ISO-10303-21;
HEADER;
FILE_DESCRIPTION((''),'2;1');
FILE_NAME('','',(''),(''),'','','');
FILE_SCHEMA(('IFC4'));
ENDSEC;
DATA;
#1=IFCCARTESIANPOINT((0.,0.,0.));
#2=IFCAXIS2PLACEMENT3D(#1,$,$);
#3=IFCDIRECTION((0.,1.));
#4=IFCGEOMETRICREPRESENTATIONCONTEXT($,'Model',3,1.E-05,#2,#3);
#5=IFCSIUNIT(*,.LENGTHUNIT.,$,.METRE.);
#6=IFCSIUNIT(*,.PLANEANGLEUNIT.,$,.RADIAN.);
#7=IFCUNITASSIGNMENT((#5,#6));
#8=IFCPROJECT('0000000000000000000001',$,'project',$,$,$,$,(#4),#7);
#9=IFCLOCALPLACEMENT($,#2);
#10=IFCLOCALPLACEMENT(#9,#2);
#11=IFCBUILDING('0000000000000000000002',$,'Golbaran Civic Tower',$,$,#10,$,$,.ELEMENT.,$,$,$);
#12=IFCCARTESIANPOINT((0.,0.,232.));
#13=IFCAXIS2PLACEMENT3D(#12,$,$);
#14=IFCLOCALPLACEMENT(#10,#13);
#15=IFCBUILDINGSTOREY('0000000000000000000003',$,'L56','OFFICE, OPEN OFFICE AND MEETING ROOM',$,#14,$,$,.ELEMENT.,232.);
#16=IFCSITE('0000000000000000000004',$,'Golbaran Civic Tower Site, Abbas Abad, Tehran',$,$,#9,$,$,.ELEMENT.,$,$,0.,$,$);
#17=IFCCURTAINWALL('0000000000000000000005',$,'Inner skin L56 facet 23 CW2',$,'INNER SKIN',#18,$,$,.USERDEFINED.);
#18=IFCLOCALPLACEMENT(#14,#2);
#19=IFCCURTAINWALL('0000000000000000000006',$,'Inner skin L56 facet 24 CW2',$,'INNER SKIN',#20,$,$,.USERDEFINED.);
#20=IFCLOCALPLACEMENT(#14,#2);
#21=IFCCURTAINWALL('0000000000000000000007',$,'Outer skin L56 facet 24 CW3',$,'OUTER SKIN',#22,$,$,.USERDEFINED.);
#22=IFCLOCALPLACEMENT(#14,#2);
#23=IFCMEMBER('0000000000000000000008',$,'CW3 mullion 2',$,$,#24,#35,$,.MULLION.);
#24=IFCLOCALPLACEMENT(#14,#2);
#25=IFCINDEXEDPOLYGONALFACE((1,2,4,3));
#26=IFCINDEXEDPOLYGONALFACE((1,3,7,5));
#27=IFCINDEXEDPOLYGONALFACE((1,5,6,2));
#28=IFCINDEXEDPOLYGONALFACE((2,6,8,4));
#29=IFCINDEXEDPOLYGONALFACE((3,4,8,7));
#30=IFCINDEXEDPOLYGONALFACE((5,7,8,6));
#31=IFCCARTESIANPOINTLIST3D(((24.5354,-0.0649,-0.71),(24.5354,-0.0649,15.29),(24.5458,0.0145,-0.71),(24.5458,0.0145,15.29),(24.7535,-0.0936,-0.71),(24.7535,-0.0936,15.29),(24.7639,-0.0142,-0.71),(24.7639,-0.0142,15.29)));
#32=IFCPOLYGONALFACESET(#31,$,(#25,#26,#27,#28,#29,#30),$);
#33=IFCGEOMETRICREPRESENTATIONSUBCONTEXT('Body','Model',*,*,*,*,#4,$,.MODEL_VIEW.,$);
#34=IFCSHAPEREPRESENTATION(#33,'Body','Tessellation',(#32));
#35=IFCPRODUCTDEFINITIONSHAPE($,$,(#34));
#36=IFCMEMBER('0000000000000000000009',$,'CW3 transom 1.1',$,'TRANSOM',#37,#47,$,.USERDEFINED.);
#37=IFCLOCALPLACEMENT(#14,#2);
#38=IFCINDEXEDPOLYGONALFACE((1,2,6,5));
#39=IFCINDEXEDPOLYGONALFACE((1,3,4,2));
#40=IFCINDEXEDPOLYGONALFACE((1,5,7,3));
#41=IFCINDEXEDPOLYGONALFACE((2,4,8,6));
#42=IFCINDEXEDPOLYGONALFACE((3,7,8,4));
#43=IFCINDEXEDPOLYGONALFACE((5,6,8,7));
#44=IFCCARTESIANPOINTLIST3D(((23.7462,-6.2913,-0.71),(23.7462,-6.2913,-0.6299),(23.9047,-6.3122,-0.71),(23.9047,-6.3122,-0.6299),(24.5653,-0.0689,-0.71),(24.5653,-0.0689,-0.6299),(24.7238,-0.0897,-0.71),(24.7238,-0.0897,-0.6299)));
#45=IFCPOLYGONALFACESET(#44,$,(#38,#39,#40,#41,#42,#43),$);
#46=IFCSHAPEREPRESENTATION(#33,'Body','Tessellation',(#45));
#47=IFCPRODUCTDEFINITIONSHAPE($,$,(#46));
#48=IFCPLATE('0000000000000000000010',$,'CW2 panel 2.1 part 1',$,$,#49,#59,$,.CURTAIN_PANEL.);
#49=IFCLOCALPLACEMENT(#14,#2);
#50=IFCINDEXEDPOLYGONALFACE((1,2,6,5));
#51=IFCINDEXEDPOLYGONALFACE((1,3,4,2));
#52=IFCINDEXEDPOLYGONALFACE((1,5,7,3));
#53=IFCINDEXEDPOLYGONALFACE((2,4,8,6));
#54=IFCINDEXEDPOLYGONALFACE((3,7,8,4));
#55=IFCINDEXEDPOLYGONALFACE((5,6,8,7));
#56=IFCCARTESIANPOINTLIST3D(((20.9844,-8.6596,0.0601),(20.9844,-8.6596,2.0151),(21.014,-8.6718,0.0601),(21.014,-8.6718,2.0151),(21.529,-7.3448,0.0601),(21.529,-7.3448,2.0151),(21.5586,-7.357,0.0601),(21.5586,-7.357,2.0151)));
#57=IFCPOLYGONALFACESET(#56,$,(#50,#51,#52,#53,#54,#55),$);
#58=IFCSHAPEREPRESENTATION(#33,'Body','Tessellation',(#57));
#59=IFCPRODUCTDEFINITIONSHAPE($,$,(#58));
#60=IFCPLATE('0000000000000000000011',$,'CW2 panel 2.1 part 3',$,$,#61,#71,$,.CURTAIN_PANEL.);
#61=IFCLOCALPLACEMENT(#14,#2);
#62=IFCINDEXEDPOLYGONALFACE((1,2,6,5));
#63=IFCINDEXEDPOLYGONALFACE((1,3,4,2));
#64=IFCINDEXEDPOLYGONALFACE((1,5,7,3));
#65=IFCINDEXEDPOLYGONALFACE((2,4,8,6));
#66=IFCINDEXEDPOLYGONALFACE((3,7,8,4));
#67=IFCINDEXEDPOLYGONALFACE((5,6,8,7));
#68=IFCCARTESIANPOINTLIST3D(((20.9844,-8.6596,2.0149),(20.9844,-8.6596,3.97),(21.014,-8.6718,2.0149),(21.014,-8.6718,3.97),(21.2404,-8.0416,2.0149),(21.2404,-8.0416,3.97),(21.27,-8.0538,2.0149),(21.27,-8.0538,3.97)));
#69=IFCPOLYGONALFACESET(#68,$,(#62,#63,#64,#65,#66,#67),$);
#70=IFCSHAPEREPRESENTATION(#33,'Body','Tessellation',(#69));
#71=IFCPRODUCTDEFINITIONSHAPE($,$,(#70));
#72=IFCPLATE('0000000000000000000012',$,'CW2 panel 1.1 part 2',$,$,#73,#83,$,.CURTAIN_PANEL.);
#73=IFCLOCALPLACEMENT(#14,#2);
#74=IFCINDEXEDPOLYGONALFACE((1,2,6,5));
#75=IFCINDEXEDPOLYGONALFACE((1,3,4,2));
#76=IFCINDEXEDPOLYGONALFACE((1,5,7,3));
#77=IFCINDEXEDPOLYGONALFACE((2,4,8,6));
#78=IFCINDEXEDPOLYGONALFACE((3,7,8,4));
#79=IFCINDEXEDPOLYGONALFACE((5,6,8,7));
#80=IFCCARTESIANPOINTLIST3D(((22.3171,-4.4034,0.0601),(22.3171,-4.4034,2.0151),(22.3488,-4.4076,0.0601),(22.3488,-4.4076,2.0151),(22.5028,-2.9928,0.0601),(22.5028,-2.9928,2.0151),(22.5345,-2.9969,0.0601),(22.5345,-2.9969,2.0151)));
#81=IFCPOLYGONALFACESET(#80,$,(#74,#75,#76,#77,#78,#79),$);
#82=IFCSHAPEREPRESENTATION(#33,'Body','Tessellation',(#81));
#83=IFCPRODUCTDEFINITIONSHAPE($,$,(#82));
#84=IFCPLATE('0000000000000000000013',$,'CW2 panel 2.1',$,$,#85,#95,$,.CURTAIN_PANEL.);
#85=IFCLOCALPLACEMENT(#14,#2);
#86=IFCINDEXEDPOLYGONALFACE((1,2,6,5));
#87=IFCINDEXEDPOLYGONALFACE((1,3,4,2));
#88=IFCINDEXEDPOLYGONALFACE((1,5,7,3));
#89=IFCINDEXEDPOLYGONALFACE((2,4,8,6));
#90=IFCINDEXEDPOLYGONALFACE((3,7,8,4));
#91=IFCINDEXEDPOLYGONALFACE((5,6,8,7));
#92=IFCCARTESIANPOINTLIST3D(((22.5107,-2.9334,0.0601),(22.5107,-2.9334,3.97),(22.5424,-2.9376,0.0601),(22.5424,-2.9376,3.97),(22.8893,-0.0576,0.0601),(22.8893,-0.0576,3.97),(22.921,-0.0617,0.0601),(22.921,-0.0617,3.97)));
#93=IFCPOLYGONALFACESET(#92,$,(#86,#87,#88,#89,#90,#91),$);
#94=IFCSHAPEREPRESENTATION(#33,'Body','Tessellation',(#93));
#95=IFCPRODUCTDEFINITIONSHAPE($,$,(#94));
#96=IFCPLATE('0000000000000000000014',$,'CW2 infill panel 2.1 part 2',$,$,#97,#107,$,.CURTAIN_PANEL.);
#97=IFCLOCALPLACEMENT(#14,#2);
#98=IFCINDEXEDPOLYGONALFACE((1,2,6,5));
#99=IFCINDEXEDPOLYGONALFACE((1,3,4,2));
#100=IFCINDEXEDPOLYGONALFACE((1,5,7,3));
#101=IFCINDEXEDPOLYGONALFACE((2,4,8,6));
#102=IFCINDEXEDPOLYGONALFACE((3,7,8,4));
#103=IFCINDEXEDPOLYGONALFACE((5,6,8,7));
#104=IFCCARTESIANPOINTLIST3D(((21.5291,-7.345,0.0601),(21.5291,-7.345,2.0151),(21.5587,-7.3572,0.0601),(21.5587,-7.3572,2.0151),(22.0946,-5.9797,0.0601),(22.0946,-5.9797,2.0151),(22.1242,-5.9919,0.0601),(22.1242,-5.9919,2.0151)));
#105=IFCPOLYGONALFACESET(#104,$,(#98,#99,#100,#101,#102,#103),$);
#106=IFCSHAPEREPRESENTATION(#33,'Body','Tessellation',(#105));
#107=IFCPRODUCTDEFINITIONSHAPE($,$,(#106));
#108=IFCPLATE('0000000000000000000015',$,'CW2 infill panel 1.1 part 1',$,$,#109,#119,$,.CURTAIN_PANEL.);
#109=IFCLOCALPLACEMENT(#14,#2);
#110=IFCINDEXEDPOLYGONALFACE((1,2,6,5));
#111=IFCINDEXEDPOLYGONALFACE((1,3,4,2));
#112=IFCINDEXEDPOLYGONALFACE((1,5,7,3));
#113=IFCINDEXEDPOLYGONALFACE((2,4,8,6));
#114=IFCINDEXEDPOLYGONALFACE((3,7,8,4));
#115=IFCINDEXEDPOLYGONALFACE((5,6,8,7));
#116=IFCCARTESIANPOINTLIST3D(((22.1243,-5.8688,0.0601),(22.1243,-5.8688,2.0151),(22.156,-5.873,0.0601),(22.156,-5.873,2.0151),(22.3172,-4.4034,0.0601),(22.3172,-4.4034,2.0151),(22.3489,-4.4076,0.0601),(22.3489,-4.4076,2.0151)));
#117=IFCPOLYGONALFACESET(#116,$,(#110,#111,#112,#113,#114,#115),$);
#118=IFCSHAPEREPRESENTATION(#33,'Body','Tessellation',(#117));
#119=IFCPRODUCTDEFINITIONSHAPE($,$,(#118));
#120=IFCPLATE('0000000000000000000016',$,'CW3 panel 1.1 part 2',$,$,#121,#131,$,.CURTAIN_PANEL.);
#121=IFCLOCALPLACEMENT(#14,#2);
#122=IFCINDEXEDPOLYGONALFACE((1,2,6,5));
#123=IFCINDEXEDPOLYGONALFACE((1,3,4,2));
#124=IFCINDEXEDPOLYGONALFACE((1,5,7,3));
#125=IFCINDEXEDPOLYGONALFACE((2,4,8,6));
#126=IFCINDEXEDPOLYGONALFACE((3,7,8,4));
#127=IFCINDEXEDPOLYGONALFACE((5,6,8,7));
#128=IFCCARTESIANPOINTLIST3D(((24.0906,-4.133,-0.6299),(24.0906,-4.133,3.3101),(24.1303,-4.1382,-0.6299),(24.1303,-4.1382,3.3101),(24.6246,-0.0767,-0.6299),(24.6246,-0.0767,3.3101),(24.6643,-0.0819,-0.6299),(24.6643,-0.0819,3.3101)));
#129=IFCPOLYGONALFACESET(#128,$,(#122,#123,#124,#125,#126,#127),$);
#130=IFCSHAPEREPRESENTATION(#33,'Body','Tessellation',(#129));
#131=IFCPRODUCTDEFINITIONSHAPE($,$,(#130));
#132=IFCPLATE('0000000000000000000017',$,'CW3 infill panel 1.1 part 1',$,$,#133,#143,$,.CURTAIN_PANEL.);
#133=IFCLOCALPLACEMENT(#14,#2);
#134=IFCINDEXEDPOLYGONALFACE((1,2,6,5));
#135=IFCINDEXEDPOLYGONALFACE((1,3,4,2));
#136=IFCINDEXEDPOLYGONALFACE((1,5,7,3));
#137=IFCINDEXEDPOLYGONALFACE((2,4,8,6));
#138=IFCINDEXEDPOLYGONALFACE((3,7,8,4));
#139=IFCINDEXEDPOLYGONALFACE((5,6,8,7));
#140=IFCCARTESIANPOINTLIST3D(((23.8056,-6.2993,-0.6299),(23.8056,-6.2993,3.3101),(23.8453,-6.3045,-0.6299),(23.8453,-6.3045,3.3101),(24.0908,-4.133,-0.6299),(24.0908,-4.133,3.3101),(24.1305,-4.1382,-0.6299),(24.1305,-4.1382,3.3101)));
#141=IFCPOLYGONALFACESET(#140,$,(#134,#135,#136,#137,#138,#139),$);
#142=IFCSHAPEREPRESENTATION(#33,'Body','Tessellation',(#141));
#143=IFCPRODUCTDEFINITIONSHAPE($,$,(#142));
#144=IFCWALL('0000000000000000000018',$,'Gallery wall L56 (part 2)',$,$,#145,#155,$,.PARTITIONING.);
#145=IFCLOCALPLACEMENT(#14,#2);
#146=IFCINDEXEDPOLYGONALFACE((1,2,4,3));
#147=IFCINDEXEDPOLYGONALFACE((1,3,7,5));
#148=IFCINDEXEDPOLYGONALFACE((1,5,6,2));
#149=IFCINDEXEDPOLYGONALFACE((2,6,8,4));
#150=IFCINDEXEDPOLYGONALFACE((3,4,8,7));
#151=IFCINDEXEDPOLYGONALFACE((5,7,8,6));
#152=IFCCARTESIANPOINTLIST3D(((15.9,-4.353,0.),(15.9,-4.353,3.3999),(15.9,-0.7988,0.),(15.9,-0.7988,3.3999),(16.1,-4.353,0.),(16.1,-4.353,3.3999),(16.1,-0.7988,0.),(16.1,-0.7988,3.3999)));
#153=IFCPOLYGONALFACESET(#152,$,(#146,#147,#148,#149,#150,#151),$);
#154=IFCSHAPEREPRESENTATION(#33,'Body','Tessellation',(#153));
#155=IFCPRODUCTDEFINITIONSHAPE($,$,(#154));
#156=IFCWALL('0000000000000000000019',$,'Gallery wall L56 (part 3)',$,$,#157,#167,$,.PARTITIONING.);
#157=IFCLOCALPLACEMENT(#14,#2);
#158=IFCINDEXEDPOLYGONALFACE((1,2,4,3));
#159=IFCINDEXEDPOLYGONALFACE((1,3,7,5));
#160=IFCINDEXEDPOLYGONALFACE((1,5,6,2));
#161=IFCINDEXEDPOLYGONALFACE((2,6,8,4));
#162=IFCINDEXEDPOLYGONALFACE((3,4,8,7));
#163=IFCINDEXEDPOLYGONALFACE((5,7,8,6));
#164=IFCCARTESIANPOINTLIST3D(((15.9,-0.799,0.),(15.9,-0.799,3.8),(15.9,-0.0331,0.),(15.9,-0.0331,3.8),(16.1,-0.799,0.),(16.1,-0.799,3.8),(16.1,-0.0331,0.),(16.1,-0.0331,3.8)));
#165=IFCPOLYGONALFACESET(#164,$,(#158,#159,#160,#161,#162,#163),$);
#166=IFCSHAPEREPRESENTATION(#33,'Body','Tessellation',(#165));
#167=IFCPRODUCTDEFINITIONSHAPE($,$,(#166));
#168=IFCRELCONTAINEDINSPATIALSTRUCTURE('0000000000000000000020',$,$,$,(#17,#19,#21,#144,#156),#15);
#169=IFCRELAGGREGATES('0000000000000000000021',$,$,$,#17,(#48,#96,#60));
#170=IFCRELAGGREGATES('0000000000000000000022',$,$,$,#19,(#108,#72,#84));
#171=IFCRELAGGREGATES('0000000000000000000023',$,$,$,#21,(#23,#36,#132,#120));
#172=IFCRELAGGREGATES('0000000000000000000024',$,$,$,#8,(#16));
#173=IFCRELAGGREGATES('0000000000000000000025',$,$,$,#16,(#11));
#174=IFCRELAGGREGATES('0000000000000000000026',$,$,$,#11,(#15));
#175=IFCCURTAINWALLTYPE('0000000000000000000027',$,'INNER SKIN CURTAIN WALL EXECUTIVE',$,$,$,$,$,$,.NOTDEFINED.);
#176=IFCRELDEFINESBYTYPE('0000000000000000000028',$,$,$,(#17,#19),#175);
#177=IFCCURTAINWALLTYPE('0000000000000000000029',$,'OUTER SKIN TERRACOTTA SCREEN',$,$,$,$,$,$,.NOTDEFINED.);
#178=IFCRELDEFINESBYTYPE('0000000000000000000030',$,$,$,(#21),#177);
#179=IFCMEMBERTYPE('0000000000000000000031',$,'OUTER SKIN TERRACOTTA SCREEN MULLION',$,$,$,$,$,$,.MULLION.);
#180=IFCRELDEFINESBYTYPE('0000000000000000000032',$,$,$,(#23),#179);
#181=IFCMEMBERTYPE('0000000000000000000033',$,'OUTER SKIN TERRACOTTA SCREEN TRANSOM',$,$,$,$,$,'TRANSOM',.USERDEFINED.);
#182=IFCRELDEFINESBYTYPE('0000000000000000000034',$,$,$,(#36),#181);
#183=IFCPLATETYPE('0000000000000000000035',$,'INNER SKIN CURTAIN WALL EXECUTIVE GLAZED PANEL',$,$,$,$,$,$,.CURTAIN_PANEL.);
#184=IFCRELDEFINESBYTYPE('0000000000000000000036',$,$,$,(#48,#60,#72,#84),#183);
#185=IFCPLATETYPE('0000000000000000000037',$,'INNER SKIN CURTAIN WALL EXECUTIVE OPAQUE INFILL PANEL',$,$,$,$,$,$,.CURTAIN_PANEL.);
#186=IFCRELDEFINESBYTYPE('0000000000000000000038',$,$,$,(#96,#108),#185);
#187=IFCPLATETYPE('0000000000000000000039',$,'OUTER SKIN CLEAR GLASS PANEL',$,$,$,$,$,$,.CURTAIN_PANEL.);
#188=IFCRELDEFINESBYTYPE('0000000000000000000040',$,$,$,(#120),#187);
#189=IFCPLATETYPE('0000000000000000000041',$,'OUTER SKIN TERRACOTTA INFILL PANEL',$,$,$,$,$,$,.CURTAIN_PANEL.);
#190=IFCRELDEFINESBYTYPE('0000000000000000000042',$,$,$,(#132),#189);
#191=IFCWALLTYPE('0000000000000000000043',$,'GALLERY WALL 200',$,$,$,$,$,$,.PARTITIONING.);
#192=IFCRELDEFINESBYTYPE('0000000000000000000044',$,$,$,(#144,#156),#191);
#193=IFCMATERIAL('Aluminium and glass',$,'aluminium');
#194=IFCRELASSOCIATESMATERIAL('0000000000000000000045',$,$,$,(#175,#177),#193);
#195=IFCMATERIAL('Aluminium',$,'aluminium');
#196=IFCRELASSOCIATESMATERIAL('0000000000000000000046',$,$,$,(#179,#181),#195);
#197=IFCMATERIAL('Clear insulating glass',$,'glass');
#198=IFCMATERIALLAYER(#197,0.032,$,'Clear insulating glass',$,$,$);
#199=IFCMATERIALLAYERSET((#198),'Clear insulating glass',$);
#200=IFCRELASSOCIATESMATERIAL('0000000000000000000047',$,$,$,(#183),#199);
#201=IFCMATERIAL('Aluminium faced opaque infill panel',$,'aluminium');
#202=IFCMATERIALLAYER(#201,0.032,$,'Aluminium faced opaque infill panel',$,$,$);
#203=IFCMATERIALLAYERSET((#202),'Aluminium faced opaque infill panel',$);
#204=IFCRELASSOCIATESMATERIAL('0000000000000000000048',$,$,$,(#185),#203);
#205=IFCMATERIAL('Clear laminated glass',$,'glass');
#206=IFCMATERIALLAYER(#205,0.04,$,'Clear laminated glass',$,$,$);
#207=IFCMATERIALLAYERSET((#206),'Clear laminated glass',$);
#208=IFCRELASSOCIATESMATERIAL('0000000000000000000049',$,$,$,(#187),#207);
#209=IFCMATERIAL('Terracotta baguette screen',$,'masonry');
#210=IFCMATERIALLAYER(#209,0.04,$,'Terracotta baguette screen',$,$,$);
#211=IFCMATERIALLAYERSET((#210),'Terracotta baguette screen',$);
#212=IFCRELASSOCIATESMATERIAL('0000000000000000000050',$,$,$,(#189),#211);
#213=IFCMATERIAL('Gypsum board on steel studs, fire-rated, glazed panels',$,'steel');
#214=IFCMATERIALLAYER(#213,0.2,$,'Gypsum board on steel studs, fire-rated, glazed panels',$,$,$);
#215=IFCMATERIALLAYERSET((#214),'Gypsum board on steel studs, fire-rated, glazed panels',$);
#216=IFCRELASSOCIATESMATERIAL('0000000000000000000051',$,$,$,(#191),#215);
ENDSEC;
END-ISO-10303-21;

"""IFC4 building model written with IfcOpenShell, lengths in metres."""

from ifc_helpers import new_model, si_unit, direction, frame, frame_2d, origin, origin_2d, place, context, subcontext, project, spatial, rectangle, extrude, material, layer, layer_set, material_profile, profile_set, type_object, element, aggregate, save


model = new_model("IFC4")

# Units and contexts
model_context = context("Model", 3, precision=1e-05, world=origin(), true_north=direction((0.0, 1.0)))
body_context = subcontext(model_context, "Body", "Model", "MODEL_VIEW")
ifc_project = project(units=[si_unit("LENGTHUNIT", "METRE"), si_unit("PLANEANGLEUNIT", "RADIAN")], contexts=[model_context])

# Site, building, storey
site_placement = place(None, origin())
site = spatial("IfcSite", under=ifc_project, at=site_placement, Name="Golbaran Civic Tower Site, Abbas Abad, Tehran", CompositionType="ELEMENT", RefElevation=0.0)
building_placement = place(site_placement, origin())
building = spatial("IfcBuilding", under=site, at=building_placement, Name="Golbaran Civic Tower", CompositionType="ELEMENT")
storey_placement = place(building_placement, frame((0.0, 0.0, 232.0)))
storey = spatial("IfcBuildingStorey", under=building, at=storey_placement, Name="L56", Description="OFFICE, OPEN OFFICE AND MEETING ROOM", CompositionType="ELEMENT", Elevation=232.0)

# Curtain walls
ifc_material_1 = material(Name="Aluminium and glass", Category="aluminium")
curtain_wall_type_1 = type_object("IfcCurtainWallType", Name="INNER SKIN CURTAIN WALL EXECUTIVE", PredefinedType="NOTDEFINED", material=ifc_material_1)
curtain_wall_1_placement = place(storey_placement, origin())
curtain_wall_1 = element("IfcCurtainWall", 1, at=curtain_wall_1_placement, inside=storey, type_object=curtain_wall_type_1, Name="Inner skin L56 facet 23 CW2", ObjectType="INNER SKIN", PredefinedType="USERDEFINED")
ifc_material_2 = material(Name="Aluminium", Category="aluminium")
curtain_wall_2_placement = place(storey_placement, origin())
curtain_wall_2 = element("IfcCurtainWall", 2, at=curtain_wall_2_placement, inside=storey, type_object=curtain_wall_type_1, Name="Inner skin L56 facet 24 CW2", ObjectType="INNER SKIN", PredefinedType="USERDEFINED")

# Shared definitions
curtain_wall_type_2 = type_object("IfcCurtainWallType", Name="OUTER SKIN TERRACOTTA SCREEN", PredefinedType="NOTDEFINED", material=ifc_material_1)
ifc_material_profile_1 = material_profile(ifc_material_2, rectangle(XDim=0.22, YDim=0.0801, at=origin_2d()), Name="OUTER SKIN TERRACOTTA SCREEN MULLION")
ifc_profile_set_1 = profile_set([ifc_material_profile_1], Name="Aluminium")
member_type_1 = type_object("IfcMemberType", Name="OUTER SKIN TERRACOTTA SCREEN MULLION", PredefinedType="MULLION", material=ifc_profile_set_1)

# Curtain wall, members
curtain_wall_3_placement = place(storey_placement, origin())
curtain_wall_3 = element("IfcCurtainWall", 3, at=curtain_wall_3_placement, inside=storey, type_object=curtain_wall_type_2, Name="Outer skin L56 facet 24 CW3", ObjectType="OUTER SKIN", PredefinedType="USERDEFINED")
member_1_placement = place(storey_placement, frame((24.6497, -0.0396, -0.71), z_axis=(0.0, 0.0, 1.0), x_axis=(-0.991445, 0.130526, 0.0)))
member_1 = element("IfcMember", 4, at=member_1_placement, type_object=member_type_1, Name="CW3 mullion 2", PredefinedType="MULLION", context=body_context, shape_type="SweptSolid", body=[
    extrude(rectangle(XDim=0.22, YDim=0.0801, at=origin_2d()), origin(), (0.0, 0.0, 1.0), 16.0),
])
ifc_material_profile_2 = material_profile(ifc_material_2, rectangle(XDim=0.1599, YDim=0.0801, at=origin_2d()), Name="OUTER SKIN TERRACOTTA SCREEN TRANSOM")
ifc_profile_set_2 = profile_set([ifc_material_profile_2], Name="Aluminium")
member_type_2 = type_object("IfcMemberType", Name="OUTER SKIN TERRACOTTA SCREEN TRANSOM", ElementType="TRANSOM", PredefinedType="USERDEFINED", material=ifc_profile_set_2)
member_2_placement = place(storey_placement, frame((23.8254, -6.3018, -0.6699), z_axis=(0.13051, 0.991447, 0.0), x_axis=(-0.991447, 0.13051, 0.0)))
member_2 = element("IfcMember", 5, at=member_2_placement, type_object=member_type_2, Name="CW3 transom 1.1", ObjectType="TRANSOM", PredefinedType="USERDEFINED", context=body_context, shape_type="SweptSolid", body=[
    extrude(rectangle(XDim=0.1599, YDim=0.0801, at=origin_2d()), origin(), (0.0, 0.0, 1.0), 6.2761),
])

# Plates
ifc_material_3 = material(Name="Clear insulating glass", Category="glass")
ifc_layer_1 = layer(ifc_material_3, 0.032, Name="Clear insulating glass")
ifc_layer_set_1 = layer_set([ifc_layer_1], Name="Clear insulating glass")
plate_type_1 = type_object("IfcPlateType", Name="INNER SKIN CURTAIN WALL EXECUTIVE GLAZED PANEL", PredefinedType="CURTAIN_PANEL", material=ifc_layer_set_1)
plate_1_placement = place(storey_placement, frame((21.2715, -8.0083, 0.0601), z_axis=(0.0, 0.0, 1.0), x_axis=(0.382683, 0.92388, 0.0)))
plate_1 = element("IfcPlate", 6, at=plate_1_placement, type_object=plate_type_1, Name="CW2 panel 2.1 part 1", PredefinedType="CURTAIN_PANEL", context=body_context, shape_type="SweptSolid", body=[
    extrude(rectangle(XDim=1.4231, YDim=0.032, at=origin_2d()), origin(), (0.0, 0.0, 1.0), 1.9551),
])
plate_2_placement = place(storey_placement, frame((21.1272, -8.3567, 2.0149), z_axis=(0.0, 0.0, 1.0), x_axis=(0.382683, 0.92388, 0.0)))
plate_2 = element("IfcPlate", 7, at=plate_2_placement, type_object=plate_type_1, Name="CW2 panel 2.1 part 3", PredefinedType="CURTAIN_PANEL", context=body_context, shape_type="SweptSolid", body=[
    extrude(rectangle(XDim=0.6689, YDim=0.032, at=origin_2d()), origin(), (0.0, 0.0, 1.0), 1.9551),
])
plate_3_placement = place(storey_placement, frame((22.4258, -3.7002, 0.0601), z_axis=(0.0, 0.0, 1.0), x_axis=(0.130526, 0.991445, 0.0)))
plate_3 = element("IfcPlate", 8, at=plate_3_placement, type_object=plate_type_1, Name="CW2 panel 1.1 part 2", PredefinedType="CURTAIN_PANEL", context=body_context, shape_type="SweptSolid", body=[
    extrude(rectangle(XDim=1.4229, YDim=0.032, at=origin_2d()), origin(), (0.0, 0.0, 1.0), 1.9551),
])
plate_4_placement = place(storey_placement, frame((22.7158, -1.4976, 0.0601), z_axis=(0.0, 0.0, 1.0), x_axis=(0.130526, 0.991445, 0.0)))
plate_4 = element("IfcPlate", 9, at=plate_4_placement, type_object=plate_type_1, Name="CW2 panel 2.1", PredefinedType="CURTAIN_PANEL", context=body_context, shape_type="SweptSolid", body=[
    extrude(rectangle(XDim=2.9006, YDim=0.032, at=origin_2d()), origin(), (0.0, 0.0, 1.0), 3.9099),
])
ifc_material_4 = material(Name="Aluminium faced opaque infill panel", Category="aluminium")
ifc_layer_2 = layer(ifc_material_4, 0.032, Name="Aluminium faced opaque infill panel")
ifc_layer_set_2 = layer_set([ifc_layer_2], Name="Aluminium faced opaque infill panel")
plate_type_2 = type_object("IfcPlateType", Name="INNER SKIN CURTAIN WALL EXECUTIVE OPAQUE INFILL PANEL", PredefinedType="CURTAIN_PANEL", material=ifc_layer_set_2)
plate_5_placement = place(storey_placement, frame((21.8267, -6.6685, 0.0601), z_axis=(0.0, 0.0, 1.0), x_axis=(0.382683, 0.92388, 0.0)))
plate_5 = element("IfcPlate", 10, at=plate_5_placement, type_object=plate_type_2, Name="CW2 infill panel 2.1 part 2", PredefinedType="CURTAIN_PANEL", context=body_context, shape_type="SweptSolid", body=[
    extrude(rectangle(XDim=1.4778, YDim=0.032, at=origin_2d()), origin(), (0.0, 0.0, 1.0), 1.9551),
])
aggregate(curtain_wall_1, [plate_1, plate_5, plate_2])
plate_6_placement = place(storey_placement, frame((22.2366, -5.1382, 0.0601), z_axis=(0.0, 0.0, 1.0), x_axis=(0.130526, 0.991445, 0.0)))
plate_6 = element("IfcPlate", 11, at=plate_6_placement, type_object=plate_type_2, Name="CW2 infill panel 1.1 part 1", PredefinedType="CURTAIN_PANEL", context=body_context, shape_type="SweptSolid", body=[
    extrude(rectangle(XDim=1.478, YDim=0.032, at=origin_2d()), origin(), (0.0, 0.0, 1.0), 1.9551),
])
aggregate(curtain_wall_2, [plate_6, plate_3, plate_4])
ifc_material_5 = material(Name="Clear laminated glass", Category="glass")
ifc_layer_3 = layer(ifc_material_5, 0.04, Name="Clear laminated glass")
ifc_layer_set_3 = layer_set([ifc_layer_3], Name="Clear laminated glass")
plate_type_3 = type_object("IfcPlateType", Name="OUTER SKIN CLEAR GLASS PANEL", PredefinedType="CURTAIN_PANEL", material=ifc_layer_set_3)
plate_7_placement = place(storey_placement, frame((24.3774, -2.1074, -0.6299), z_axis=(0.0, 0.0, 1.0), x_axis=(0.130526, 0.991445, 0.0)))
plate_7 = element("IfcPlate", 12, at=plate_7_placement, type_object=plate_type_3, Name="CW3 panel 1.1 part 2", PredefinedType="CURTAIN_PANEL", context=body_context, shape_type="SweptSolid", body=[
    extrude(rectangle(XDim=4.0913, YDim=0.04, at=origin_2d()), origin(), (0.0, 0.0, 1.0), 3.9399),
])
ifc_material_6 = material(Name="Terracotta baguette screen", Category="masonry")
ifc_layer_4 = layer(ifc_material_6, 0.04, Name="Terracotta baguette screen")
ifc_layer_set_4 = layer_set([ifc_layer_4], Name="Terracotta baguette screen")
plate_type_4 = type_object("IfcPlateType", Name="OUTER SKIN TERRACOTTA INFILL PANEL", PredefinedType="CURTAIN_PANEL", material=ifc_layer_set_4)
plate_8_placement = place(storey_placement, frame((23.968, -5.2188, -0.6299), z_axis=(0.0, 0.0, 1.0), x_axis=(0.130526, 0.991445, 0.0)))
plate_8 = element("IfcPlate", 13, at=plate_8_placement, type_object=plate_type_4, Name="CW3 infill panel 1.1 part 1", PredefinedType="CURTAIN_PANEL", context=body_context, shape_type="SweptSolid", body=[
    extrude(rectangle(XDim=2.1851, YDim=0.04, at=origin_2d()), origin(), (0.0, 0.0, 1.0), 3.9399),
])
aggregate(curtain_wall_3, [member_1, member_2, plate_8, plate_7])

# Walls
ifc_material_7 = material(Name="Gypsum board on steel studs, fire-rated, glazed panels", Category="steel")
ifc_layer_5 = layer(ifc_material_7, 0.2, Name="Gypsum board on steel studs, fire-rated, glazed panels")
ifc_layer_set_5 = layer_set([ifc_layer_5], Name="Gypsum board on steel studs, fire-rated, glazed panels")
wall_type_1 = type_object("IfcWallType", Name="GALLERY WALL 200", PredefinedType="PARTITIONING", material=ifc_layer_set_5)
wall_1_placement = place(storey_placement, frame((16.0, -4.353, 0.0), z_axis=(0.0, 0.0, 1.0), x_axis=(0.0, 1.0, 0.0)))
element("IfcWall", 14, at=wall_1_placement, inside=storey, type_object=wall_type_1, Name="Gallery wall L56 (part 2)", PredefinedType="PARTITIONING", context=body_context, shape_type="SweptSolid", body=[
    extrude(rectangle(XDim=3.5542, YDim=0.2, at=frame_2d((1.7771, 0.0))), origin(), (0.0, 0.0, 1.0), 3.3999),
])
wall_2_placement = place(storey_placement, frame((16.0, -0.7988, 0.0), z_axis=(0.0, 0.0, 1.0), x_axis=(0.0, 1.0, 0.0)))
element("IfcWall", 15, at=wall_2_placement, inside=storey, type_object=wall_type_1, Name="Gallery wall L56 (part 3)", PredefinedType="PARTITIONING", context=body_context, shape_type="SweptSolid", body=[
    extrude(rectangle(XDim=0.7659, YDim=0.2, at=frame_2d((0.3828, 0.0))), origin(), (0.0, 0.0, 1.0), 3.8),
])

save(model, "model.ifc")
